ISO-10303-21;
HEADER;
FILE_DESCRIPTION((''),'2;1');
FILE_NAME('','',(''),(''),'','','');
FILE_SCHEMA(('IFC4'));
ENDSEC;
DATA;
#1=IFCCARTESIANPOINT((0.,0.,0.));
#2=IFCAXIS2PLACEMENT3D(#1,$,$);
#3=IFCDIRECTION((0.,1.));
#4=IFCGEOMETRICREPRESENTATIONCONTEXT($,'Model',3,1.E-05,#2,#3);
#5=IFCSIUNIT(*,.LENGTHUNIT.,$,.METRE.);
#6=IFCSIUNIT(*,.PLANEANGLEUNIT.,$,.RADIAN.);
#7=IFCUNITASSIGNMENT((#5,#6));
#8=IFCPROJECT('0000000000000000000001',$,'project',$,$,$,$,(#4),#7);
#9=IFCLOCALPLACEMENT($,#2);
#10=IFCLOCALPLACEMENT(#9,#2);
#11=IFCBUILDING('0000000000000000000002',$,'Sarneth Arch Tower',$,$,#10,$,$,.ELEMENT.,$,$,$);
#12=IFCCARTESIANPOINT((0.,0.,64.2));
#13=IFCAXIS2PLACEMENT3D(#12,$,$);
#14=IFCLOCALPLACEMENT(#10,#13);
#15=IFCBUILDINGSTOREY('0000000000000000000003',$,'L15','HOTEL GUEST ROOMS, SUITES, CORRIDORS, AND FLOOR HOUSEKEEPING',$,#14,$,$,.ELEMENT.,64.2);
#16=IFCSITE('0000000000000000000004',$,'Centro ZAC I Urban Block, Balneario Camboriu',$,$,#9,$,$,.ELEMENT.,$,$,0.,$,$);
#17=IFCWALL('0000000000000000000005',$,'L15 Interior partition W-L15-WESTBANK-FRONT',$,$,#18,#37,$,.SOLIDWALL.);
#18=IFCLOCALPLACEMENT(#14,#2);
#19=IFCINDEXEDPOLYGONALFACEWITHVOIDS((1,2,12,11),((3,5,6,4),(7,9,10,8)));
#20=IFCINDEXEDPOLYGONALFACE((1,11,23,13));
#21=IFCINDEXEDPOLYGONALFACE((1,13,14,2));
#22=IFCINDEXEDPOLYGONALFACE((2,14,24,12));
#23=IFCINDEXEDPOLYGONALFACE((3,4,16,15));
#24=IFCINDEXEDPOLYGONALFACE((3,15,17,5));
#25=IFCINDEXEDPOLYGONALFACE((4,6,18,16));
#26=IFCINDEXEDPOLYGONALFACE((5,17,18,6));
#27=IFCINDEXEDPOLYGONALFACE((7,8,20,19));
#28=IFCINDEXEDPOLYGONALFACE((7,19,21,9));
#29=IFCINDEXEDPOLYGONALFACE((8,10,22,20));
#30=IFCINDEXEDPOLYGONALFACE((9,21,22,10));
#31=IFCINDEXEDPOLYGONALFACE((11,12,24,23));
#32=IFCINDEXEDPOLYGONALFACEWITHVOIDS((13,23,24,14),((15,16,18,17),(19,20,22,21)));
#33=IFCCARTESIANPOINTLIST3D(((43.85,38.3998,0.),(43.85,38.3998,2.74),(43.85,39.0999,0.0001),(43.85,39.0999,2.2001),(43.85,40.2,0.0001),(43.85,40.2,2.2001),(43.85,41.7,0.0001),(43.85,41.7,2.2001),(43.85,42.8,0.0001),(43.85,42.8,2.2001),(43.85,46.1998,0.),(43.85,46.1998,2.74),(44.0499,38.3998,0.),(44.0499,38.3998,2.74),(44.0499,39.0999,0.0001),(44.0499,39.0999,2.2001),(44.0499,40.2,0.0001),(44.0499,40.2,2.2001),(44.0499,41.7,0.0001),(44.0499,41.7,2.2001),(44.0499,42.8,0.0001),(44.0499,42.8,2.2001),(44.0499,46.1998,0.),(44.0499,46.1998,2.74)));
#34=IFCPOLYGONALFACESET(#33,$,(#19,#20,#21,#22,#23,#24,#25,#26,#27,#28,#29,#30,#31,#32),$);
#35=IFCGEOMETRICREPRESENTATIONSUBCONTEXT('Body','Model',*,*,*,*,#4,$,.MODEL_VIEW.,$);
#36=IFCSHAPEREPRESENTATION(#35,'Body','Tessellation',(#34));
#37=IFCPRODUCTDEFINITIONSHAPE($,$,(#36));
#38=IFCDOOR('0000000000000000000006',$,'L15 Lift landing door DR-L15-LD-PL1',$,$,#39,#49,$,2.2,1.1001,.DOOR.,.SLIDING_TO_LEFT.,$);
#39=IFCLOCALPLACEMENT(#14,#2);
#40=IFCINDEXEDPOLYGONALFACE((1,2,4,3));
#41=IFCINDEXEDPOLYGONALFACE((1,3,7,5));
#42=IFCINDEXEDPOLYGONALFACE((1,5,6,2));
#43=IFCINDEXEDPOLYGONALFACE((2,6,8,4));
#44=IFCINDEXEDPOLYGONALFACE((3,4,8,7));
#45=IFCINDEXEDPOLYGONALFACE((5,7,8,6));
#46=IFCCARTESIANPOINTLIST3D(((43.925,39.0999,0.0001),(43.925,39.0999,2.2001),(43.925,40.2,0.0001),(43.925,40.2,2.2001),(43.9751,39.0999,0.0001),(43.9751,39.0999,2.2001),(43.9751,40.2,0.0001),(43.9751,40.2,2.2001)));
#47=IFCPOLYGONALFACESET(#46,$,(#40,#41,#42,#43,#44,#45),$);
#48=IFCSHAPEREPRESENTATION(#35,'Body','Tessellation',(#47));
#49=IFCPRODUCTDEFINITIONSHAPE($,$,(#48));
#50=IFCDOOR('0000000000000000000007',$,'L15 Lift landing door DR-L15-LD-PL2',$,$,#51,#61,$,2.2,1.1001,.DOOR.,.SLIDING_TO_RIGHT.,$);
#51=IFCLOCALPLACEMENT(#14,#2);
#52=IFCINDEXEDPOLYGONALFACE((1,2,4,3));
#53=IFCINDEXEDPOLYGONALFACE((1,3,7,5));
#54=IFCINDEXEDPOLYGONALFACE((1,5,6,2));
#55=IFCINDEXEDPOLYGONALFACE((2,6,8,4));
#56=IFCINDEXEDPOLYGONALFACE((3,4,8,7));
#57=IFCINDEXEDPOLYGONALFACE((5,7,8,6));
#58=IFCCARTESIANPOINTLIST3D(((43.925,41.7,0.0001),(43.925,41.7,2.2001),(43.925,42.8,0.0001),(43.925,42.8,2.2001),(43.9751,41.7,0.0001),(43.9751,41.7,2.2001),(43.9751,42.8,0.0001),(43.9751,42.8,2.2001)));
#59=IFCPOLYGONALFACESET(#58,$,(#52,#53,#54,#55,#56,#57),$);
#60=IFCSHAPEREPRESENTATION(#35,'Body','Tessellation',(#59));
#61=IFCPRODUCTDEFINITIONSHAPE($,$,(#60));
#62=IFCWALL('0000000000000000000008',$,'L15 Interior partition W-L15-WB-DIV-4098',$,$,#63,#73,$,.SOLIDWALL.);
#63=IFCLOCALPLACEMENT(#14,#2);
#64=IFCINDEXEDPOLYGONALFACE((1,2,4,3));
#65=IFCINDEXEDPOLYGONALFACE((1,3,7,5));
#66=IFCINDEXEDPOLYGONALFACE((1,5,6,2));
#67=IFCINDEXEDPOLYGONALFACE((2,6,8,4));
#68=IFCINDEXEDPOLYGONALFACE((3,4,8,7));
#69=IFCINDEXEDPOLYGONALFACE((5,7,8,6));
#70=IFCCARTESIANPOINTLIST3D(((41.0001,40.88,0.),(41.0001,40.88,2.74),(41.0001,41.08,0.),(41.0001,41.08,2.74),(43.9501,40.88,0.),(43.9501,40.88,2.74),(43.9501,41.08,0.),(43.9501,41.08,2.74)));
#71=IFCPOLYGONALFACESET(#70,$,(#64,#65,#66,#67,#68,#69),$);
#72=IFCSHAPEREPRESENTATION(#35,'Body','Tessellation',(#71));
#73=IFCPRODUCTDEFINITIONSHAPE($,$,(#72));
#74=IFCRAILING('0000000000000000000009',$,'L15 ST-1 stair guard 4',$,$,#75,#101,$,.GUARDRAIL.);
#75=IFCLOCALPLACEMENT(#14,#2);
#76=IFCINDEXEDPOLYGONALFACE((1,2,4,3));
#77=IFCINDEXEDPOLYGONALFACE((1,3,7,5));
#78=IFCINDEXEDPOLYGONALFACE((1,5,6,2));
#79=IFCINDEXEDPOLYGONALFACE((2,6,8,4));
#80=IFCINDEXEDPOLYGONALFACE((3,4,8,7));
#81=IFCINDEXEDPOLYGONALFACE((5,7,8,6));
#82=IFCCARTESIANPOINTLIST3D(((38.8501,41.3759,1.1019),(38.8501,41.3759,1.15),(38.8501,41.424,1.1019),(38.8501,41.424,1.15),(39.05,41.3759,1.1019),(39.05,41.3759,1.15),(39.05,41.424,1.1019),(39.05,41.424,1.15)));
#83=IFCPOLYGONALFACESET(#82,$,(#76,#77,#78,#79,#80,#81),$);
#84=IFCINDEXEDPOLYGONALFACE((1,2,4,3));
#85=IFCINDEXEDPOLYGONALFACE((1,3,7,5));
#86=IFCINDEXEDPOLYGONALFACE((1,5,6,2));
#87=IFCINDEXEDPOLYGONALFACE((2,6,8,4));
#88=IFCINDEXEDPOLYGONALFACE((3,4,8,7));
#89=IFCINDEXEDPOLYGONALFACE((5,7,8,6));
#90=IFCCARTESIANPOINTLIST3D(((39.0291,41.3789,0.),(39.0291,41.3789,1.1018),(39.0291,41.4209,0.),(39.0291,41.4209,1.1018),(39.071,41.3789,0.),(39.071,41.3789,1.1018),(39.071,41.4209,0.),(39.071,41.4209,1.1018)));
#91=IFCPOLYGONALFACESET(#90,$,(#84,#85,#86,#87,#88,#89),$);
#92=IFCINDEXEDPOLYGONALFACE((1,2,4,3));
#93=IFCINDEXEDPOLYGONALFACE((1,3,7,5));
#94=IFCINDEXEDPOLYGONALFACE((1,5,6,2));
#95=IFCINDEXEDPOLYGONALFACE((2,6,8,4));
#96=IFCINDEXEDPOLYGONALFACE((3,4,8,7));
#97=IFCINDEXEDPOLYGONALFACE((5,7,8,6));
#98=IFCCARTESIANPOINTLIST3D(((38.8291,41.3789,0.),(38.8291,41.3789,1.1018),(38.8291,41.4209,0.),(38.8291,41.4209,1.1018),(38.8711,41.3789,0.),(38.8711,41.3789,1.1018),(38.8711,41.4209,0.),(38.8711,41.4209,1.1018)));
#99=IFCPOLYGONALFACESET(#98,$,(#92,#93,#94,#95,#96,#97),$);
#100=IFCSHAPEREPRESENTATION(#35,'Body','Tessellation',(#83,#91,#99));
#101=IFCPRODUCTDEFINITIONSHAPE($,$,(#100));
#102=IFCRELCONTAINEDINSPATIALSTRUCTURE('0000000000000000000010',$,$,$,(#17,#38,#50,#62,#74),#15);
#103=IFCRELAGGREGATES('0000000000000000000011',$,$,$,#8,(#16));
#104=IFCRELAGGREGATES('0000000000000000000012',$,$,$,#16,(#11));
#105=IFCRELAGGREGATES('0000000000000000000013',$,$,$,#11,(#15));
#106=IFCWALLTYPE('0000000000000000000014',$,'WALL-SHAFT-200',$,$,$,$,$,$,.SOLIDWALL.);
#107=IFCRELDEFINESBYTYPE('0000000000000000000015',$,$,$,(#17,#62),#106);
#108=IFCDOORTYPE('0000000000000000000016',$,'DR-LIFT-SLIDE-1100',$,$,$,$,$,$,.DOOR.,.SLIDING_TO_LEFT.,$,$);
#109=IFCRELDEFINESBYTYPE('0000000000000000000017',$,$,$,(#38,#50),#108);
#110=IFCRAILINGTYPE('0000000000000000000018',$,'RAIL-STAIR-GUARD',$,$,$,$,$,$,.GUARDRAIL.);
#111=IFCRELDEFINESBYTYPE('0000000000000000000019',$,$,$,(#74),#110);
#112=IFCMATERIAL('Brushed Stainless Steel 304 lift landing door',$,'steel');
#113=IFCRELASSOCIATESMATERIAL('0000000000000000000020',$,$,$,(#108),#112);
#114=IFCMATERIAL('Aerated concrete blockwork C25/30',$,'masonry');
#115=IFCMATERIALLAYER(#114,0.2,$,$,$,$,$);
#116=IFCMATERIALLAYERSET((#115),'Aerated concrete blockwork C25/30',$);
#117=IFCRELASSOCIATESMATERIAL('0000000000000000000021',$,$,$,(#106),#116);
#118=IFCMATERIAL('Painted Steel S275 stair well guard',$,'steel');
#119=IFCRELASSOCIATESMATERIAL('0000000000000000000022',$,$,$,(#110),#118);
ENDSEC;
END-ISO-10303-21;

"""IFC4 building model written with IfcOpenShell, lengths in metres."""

from ifc_helpers import new_model, si_unit, direction, frame, frame_2d, origin, origin_2d, place, context, subcontext, project, spatial, rectangle, extrude, material, layer, layer_set, type_object, element, fill, save


model = new_model("IFC4")

# Units and contexts
model_context = context("Model", 3, precision=1e-05, world=origin(), true_north=direction((0.0, 1.0)))
body_context = subcontext(model_context, "Body", "Model", "MODEL_VIEW")
ifc_project = project(units=[si_unit("LENGTHUNIT", "METRE"), si_unit("PLANEANGLEUNIT", "RADIAN")], contexts=[model_context])

# Site, building, storey
site_placement = place(None, origin())
site = spatial("IfcSite", under=ifc_project, at=site_placement, Name="Centro ZAC I Urban Block, Balneario Camboriu", CompositionType="ELEMENT", RefElevation=0.0)
building_placement = place(site_placement, origin())
building = spatial("IfcBuilding", under=site, at=building_placement, Name="Sarneth Arch Tower", CompositionType="ELEMENT")
storey_placement = place(building_placement, frame((0.0, 0.0, 64.2)))
storey = spatial("IfcBuildingStorey", under=building, at=storey_placement, Name="L15", Description="HOTEL GUEST ROOMS, SUITES, CORRIDORS, AND FLOOR HOUSEKEEPING", CompositionType="ELEMENT", Elevation=64.2)

# Shared definitions
ifc_material_1 = material(Name="Brushed Stainless Steel 304 lift landing door", Category="steel")
door_type_1 = type_object("IfcDoorType", Name="DR-LIFT-SLIDE-1100", OperationType="SLIDING_TO_LEFT", PredefinedType="DOOR", material=ifc_material_1)

# Shared definitions
ifc_material_2 = material(Name="Aerated concrete blockwork C25/30", Category="masonry")
ifc_layer_1 = layer(ifc_material_2, 0.2)
ifc_layer_set_1 = layer_set([ifc_layer_1], Name="Aerated concrete blockwork C25/30")
wall_type_1 = type_object("IfcWallType", Name="WALL-SHAFT-200", PredefinedType="SOLIDWALL", material=ifc_layer_set_1)

# Wall, openings, doors
wall_1_placement = place(storey_placement, frame((43.95, 38.3999, 0.0), z_axis=(0.0, 0.0, 1.0), x_axis=(0.0, 1.0, 0.0)))
wall_1 = element("IfcWall", 1, at=wall_1_placement, inside=storey, type_object=wall_type_1, Name="L15 Interior partition W-L15-WESTBANK-FRONT", PredefinedType="SOLIDWALL", context=body_context, shape_type="SweptSolid", body=[
    extrude(rectangle(XDim=7.8, YDim=0.2, at=frame_2d((3.8999, 0.0))), origin(), (0.0, 0.0, 1.0), 2.74),
])
opening_1_placement = place(wall_1_placement, frame((0.7, 0.0, 0.0)))
opening_1 = element("IfcOpeningElement", 2, at=opening_1_placement, cuts=wall_1, PredefinedType="OPENING", context=body_context, shape_type="SweptSolid", body=[
    extrude(rectangle(XDim=1.1001, YDim=2.2, at=frame_2d((0.55, 1.1001))), frame((0.0, 0.1099, 0.0), z_axis=(0.0, -1.0, 0.0), x_axis=(1.0, 0.0, 0.0)), (0.0, 0.0, 1.0), 0.22),
])
opening_2_placement = place(wall_1_placement, frame((3.3, 0.0, 0.0)))
opening_2 = element("IfcOpeningElement", 3, at=opening_2_placement, cuts=wall_1, PredefinedType="OPENING", context=body_context, shape_type="SweptSolid", body=[
    extrude(rectangle(XDim=1.1001, YDim=2.2, at=frame_2d((0.55, 1.1001))), frame((0.0, 0.1099, 0.0), z_axis=(0.0, -1.0, 0.0), x_axis=(1.0, 0.0, 0.0)), (0.0, 0.0, 1.0), 0.22),
])
door_1_placement = place(opening_1_placement, origin())
door_1 = element("IfcDoor", 4, at=door_1_placement, inside=storey, type_object=door_type_1, Name="L15 Lift landing door DR-L15-LD-PL1", OperationType="SLIDING_TO_LEFT", OverallHeight=2.2, OverallWidth=1.1001, PredefinedType="DOOR", context=body_context, shape_type="SweptSolid", body=[
    extrude(rectangle(XDim=1.1001, YDim=2.2, at=frame_2d((0.55, 1.1001))), frame((0.0, 0.0249, 0.0), z_axis=(0.0, -1.0, 0.0), x_axis=(1.0, 0.0, 0.0)), (0.0, 0.0, 1.0), 0.05),
])
fill(opening_1, door_1)
door_2_placement = place(opening_2_placement, origin())
door_2 = element("IfcDoor", 5, at=door_2_placement, inside=storey, type_object=door_type_1, Name="L15 Lift landing door DR-L15-LD-PL2", OperationType="SLIDING_TO_RIGHT", OverallHeight=2.2, OverallWidth=1.1001, PredefinedType="DOOR", context=body_context, shape_type="SweptSolid", body=[
    extrude(rectangle(XDim=1.1001, YDim=2.2, at=frame_2d((0.55, 1.1001))), frame((0.0, 0.0249, 0.0), z_axis=(0.0, -1.0, 0.0), x_axis=(1.0, 0.0, 0.0)), (0.0, 0.0, 1.0), 0.05),
])
fill(opening_2, door_2)

# Wall
wall_2_placement = place(storey_placement, frame((41.0, 40.98, 0.0), z_axis=(0.0, 0.0, 1.0), x_axis=(1.0, 0.0, 0.0)))
element("IfcWall", 6, at=wall_2_placement, inside=storey, type_object=wall_type_1, Name="L15 Interior partition W-L15-WB-DIV-4098", PredefinedType="SOLIDWALL", context=body_context, shape_type="SweptSolid", body=[
    extrude(rectangle(XDim=2.95, YDim=0.2, at=frame_2d((1.4751, 0.0))), origin(), (0.0, 0.0, 1.0), 2.74),
])

# Railing
ifc_material_3 = material(Name="Painted Steel S275 stair well guard", Category="steel")
railing_type = type_object("IfcRailingType", Name="RAIL-STAIR-GUARD", PredefinedType="GUARDRAIL", material=ifc_material_3)
railing_placement = place(storey_placement, frame((39.05, 41.3999, 0.0)))
element("IfcRailing", 7, at=railing_placement, inside=storey, type_object=railing_type, Name="L15 ST-1 stair guard 4", PredefinedType="GUARDRAIL", context=body_context, shape_type="SweptSolid", body=[
    extrude(rectangle(XDim=0.0481, YDim=0.0481, at=origin_2d()), frame((0.0, 0.0, 1.126), z_axis=(-1.0, 0.0, 0.0), x_axis=(0.0, -1.0, 0.0)), (0.0, 0.0, 1.0), 0.2),
    extrude(rectangle(XDim=0.042, YDim=0.042, at=origin_2d()), origin(), (0.0, 0.0, 1.0), 1.1018),
    extrude(rectangle(XDim=0.042, YDim=0.042, at=origin_2d()), frame((-0.2, 0.0, 0.0)), (0.0, 0.0, 1.0), 1.1018),
])

save(model, "model.ifc")
